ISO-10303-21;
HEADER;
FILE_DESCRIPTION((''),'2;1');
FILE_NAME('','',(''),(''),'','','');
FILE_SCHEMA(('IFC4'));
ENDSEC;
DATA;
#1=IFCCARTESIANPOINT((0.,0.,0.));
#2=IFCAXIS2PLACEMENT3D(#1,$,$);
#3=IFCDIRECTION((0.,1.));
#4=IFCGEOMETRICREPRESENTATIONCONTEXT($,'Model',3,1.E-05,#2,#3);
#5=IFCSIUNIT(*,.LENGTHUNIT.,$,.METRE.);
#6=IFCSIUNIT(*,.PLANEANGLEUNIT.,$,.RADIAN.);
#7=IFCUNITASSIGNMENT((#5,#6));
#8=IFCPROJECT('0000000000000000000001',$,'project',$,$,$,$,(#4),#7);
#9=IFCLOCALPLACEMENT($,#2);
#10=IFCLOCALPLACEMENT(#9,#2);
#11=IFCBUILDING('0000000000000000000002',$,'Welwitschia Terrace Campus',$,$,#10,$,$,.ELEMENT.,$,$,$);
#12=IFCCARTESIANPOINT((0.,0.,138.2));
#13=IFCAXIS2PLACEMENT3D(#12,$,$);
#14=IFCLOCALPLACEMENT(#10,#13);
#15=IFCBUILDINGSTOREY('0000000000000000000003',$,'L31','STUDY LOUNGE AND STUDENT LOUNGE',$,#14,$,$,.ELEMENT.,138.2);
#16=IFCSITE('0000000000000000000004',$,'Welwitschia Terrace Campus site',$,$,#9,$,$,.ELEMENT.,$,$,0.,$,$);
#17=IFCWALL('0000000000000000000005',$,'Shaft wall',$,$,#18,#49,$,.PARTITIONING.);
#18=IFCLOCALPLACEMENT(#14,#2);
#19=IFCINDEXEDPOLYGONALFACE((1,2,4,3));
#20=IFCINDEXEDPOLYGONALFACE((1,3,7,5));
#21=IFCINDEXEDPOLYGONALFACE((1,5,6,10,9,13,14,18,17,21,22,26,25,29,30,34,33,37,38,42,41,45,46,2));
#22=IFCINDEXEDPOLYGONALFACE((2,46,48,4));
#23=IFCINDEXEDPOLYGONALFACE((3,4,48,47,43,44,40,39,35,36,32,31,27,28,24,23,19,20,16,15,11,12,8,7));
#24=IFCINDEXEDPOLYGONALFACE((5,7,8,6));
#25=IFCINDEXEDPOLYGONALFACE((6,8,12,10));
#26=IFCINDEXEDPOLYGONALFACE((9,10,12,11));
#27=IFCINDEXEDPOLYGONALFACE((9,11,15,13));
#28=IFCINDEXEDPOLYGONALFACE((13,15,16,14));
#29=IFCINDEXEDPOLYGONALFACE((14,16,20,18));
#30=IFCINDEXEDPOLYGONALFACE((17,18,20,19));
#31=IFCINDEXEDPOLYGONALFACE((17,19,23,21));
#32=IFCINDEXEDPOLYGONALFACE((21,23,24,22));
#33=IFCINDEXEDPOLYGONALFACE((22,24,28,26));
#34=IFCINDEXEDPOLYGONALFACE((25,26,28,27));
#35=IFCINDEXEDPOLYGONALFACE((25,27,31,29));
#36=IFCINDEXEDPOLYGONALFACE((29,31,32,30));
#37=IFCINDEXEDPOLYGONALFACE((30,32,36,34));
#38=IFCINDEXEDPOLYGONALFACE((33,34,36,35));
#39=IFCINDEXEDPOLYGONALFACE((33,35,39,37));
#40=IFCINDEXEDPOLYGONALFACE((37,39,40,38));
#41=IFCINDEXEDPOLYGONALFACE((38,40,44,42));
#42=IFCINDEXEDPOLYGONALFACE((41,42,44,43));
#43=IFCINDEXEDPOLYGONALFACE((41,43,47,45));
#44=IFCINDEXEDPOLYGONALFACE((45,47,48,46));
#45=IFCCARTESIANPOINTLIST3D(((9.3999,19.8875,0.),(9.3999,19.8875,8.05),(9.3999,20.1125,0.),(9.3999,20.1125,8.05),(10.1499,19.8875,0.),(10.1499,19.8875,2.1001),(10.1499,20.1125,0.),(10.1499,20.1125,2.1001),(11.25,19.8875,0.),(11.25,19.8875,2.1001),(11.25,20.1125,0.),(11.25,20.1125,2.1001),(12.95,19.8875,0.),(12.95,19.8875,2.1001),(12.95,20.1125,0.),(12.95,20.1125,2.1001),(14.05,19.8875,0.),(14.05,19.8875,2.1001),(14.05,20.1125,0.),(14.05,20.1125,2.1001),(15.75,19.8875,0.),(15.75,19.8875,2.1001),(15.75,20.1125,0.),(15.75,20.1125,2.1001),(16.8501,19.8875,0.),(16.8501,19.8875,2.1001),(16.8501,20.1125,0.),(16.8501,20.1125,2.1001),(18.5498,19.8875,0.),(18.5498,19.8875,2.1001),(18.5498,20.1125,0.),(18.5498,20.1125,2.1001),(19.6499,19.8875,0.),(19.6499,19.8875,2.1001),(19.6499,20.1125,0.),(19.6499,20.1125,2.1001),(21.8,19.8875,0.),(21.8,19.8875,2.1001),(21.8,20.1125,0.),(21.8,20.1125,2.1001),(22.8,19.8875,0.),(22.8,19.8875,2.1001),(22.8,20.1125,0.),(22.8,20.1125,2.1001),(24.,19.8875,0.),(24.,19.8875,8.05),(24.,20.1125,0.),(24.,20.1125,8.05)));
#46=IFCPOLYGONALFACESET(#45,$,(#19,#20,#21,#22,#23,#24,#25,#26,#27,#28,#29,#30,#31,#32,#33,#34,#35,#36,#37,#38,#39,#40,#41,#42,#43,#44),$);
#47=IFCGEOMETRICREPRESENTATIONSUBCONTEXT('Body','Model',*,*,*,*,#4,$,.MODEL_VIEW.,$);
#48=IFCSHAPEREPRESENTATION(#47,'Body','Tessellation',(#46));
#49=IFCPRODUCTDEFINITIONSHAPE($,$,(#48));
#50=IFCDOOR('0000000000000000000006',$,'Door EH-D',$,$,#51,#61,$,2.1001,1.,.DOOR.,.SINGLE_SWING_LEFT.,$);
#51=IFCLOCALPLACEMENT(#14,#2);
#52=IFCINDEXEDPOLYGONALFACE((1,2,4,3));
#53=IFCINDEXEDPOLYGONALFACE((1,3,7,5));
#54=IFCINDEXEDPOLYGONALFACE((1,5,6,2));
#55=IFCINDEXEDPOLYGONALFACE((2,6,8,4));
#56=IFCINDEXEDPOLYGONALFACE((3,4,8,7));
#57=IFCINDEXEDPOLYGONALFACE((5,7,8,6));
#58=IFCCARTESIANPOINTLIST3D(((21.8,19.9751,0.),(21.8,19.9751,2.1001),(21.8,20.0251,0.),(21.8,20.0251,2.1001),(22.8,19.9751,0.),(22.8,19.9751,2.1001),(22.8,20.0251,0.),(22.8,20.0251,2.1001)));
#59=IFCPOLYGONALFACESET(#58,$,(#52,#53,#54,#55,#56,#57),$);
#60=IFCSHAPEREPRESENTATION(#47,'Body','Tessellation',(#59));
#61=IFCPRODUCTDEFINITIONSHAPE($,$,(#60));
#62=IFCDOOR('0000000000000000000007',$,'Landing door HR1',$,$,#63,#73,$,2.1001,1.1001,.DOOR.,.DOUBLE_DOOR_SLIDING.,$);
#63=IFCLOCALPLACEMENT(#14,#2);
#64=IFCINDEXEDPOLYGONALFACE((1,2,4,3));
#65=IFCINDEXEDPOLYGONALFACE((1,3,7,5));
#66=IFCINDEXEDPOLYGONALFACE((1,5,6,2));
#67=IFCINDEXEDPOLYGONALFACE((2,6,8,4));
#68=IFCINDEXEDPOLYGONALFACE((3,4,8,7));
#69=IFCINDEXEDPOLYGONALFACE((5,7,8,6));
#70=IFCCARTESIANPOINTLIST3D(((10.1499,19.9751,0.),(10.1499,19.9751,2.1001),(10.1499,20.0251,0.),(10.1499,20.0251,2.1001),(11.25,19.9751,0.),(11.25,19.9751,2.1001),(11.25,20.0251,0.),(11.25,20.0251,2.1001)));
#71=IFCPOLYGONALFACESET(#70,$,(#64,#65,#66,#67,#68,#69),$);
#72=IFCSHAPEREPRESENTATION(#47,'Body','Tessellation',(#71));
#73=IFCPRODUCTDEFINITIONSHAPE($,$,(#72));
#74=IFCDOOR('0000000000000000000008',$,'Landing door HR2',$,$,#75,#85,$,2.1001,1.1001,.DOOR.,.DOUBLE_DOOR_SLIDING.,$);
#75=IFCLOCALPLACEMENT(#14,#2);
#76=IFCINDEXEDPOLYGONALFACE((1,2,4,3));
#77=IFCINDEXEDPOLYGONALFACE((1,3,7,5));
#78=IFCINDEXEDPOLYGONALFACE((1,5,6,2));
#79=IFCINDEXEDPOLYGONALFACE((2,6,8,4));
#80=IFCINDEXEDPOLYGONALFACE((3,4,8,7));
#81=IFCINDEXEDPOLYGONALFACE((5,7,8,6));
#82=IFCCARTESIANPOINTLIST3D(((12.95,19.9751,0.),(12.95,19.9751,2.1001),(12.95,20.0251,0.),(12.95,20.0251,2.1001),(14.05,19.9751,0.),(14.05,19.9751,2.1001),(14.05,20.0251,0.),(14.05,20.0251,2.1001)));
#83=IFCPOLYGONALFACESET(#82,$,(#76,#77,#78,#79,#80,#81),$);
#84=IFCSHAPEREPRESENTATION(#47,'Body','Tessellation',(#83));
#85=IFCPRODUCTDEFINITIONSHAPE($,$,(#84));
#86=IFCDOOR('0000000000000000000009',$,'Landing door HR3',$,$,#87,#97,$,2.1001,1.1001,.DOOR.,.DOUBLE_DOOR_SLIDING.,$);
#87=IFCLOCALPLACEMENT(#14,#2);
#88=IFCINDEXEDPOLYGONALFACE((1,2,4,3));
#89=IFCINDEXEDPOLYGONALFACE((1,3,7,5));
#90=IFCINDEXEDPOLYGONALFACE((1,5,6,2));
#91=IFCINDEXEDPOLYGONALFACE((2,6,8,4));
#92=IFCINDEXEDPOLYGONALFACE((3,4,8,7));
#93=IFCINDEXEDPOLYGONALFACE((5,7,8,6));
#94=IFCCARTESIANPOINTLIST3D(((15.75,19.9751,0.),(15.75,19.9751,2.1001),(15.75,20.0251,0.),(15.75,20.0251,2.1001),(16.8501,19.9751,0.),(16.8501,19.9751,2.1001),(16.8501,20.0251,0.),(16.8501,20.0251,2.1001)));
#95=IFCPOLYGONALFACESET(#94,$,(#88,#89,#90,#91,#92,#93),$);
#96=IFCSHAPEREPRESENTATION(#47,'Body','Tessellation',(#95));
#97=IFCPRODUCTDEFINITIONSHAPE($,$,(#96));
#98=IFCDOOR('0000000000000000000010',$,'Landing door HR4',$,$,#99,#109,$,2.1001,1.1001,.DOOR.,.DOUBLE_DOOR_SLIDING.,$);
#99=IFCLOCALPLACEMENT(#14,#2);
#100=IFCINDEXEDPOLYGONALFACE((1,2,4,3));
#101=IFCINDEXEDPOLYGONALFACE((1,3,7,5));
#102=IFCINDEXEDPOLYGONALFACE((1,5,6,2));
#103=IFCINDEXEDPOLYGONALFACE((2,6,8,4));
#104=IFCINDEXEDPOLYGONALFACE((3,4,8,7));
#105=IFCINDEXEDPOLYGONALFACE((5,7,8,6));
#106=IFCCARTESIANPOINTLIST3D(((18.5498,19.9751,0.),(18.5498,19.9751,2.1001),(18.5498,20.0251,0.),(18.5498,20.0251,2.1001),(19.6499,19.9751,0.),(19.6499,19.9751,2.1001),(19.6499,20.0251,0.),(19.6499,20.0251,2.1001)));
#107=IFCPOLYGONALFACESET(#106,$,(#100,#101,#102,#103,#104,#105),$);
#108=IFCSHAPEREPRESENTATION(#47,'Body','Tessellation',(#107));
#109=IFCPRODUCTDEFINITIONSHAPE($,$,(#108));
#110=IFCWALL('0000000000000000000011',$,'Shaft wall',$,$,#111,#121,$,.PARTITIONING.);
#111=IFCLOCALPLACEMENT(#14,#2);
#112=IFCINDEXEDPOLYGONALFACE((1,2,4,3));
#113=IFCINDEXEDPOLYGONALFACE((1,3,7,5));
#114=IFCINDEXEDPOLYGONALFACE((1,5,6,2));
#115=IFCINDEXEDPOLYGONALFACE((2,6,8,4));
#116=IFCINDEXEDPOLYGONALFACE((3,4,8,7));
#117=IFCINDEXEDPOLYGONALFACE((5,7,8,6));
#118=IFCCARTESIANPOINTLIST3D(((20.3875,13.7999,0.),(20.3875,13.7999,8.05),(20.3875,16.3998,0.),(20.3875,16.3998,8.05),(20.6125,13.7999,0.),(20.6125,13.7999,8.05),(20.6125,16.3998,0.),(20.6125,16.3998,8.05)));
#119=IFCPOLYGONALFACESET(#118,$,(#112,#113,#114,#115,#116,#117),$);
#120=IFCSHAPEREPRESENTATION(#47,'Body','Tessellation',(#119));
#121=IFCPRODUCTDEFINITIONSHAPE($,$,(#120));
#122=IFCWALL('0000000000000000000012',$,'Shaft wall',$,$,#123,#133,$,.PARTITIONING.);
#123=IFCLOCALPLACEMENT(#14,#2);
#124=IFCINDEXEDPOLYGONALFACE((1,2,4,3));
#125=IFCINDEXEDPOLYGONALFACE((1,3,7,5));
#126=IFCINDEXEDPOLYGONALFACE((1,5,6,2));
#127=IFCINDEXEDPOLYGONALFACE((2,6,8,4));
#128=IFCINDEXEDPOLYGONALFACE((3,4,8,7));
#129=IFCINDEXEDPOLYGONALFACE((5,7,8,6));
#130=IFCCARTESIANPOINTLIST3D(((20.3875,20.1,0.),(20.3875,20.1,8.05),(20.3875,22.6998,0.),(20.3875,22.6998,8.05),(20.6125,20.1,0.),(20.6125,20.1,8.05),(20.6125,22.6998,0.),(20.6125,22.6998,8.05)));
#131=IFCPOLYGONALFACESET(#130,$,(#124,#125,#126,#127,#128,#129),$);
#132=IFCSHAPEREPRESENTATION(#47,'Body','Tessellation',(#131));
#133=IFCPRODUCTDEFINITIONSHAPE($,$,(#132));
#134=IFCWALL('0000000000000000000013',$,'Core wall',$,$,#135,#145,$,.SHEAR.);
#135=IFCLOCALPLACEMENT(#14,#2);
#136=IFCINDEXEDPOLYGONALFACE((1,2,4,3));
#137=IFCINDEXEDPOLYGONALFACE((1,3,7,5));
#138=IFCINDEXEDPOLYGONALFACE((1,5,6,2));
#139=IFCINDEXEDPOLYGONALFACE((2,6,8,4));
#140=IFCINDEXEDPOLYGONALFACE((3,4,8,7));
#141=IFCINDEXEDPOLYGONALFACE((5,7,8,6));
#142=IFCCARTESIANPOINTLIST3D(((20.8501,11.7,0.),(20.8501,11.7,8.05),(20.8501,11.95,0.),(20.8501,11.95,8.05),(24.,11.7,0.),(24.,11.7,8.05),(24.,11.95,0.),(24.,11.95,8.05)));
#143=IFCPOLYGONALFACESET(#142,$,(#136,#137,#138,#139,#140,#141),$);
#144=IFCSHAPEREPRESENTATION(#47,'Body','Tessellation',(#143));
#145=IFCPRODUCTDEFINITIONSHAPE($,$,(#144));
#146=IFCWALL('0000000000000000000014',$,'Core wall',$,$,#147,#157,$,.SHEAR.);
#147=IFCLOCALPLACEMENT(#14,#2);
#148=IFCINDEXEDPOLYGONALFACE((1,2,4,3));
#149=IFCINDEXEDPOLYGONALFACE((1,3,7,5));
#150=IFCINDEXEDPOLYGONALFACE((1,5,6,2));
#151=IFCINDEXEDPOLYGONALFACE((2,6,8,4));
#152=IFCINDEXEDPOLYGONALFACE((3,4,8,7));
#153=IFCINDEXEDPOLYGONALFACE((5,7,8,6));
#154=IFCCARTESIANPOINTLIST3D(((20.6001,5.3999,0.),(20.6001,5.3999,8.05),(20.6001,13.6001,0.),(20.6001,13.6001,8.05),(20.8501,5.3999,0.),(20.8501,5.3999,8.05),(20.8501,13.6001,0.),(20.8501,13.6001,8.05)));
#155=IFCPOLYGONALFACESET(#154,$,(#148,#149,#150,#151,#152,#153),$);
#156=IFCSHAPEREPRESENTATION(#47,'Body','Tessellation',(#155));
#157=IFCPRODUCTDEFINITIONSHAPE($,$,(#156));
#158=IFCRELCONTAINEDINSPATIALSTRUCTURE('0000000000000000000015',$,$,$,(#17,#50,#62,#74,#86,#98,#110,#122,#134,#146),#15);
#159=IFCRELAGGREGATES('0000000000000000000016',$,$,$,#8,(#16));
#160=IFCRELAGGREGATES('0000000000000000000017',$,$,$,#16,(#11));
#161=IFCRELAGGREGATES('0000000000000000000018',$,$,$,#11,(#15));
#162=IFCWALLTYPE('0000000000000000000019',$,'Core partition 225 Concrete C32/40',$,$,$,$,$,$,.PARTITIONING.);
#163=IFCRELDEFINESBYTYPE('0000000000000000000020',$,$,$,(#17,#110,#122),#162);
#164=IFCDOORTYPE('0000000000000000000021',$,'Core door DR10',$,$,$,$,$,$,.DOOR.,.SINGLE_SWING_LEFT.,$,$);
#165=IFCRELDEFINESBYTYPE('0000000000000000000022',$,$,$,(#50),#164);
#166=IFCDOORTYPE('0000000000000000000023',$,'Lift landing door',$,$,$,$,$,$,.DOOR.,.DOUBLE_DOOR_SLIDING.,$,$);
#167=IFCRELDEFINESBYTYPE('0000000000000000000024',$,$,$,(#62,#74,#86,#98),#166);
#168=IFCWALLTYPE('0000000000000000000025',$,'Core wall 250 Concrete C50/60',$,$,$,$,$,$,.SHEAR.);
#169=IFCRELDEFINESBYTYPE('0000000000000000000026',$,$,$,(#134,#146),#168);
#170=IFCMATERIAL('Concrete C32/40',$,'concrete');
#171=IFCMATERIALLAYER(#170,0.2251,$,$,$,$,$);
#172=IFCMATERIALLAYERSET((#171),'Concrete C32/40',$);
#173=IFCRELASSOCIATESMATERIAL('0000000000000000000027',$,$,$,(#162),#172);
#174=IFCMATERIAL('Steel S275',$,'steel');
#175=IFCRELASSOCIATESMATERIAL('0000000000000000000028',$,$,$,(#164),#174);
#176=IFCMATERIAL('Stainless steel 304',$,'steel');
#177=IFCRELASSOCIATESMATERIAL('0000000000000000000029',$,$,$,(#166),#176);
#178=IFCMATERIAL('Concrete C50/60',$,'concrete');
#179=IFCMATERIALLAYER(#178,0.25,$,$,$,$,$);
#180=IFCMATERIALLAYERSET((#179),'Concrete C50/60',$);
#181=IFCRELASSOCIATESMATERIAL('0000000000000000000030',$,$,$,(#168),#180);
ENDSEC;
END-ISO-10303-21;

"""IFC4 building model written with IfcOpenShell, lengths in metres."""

from ifc_helpers import new_model, si_unit, direction, frame, frame_2d, origin, place, context, subcontext, project, spatial, rectangle, extrude, material, layer, layer_set, type_object, element, fill, save


model = new_model("IFC4")

# Units and contexts
model_context = context("Model", 3, precision=1e-05, world=origin(), true_north=direction((0.0, 1.0)))
body_context = subcontext(model_context, "Body", "Model", "MODEL_VIEW")
ifc_project = project(units=[si_unit("LENGTHUNIT", "METRE"), si_unit("PLANEANGLEUNIT", "RADIAN")], contexts=[model_context])

# Site, building, storey
site_placement = place(None, origin())
site = spatial("IfcSite", under=ifc_project, at=site_placement, Name="Welwitschia Terrace Campus site", CompositionType="ELEMENT", RefElevation=0.0)
building_placement = place(site_placement, origin())
building = spatial("IfcBuilding", under=site, at=building_placement, Name="Welwitschia Terrace Campus", CompositionType="ELEMENT")
storey_placement = place(building_placement, frame((0.0, 0.0, 138.2)))
storey = spatial("IfcBuildingStorey", under=building, at=storey_placement, Name="L31", Description="STUDY LOUNGE AND STUDENT LOUNGE", CompositionType="ELEMENT", Elevation=138.2)

# Wall, openings, doors
ifc_material_1 = material(Name="Concrete C32/40", Category="concrete")
ifc_layer_1 = layer(ifc_material_1, 0.2251)
ifc_layer_set_1 = layer_set([ifc_layer_1], Name="Concrete C32/40")
wall_type_1 = type_object("IfcWallType", Name="Core partition 225 Concrete C32/40", PredefinedType="PARTITIONING", material=ifc_layer_set_1)
wall_1_placement = place(storey_placement, frame((24.0, 20.0, 0.0), z_axis=(0.0, 0.0, 1.0), x_axis=(-1.0, 0.0, 0.0)))
wall_1 = element("IfcWall", 1, at=wall_1_placement, inside=storey, type_object=wall_type_1, Name="Shaft wall", PredefinedType="PARTITIONING", context=body_context, shape_type="SweptSolid", body=[
    extrude(rectangle(XDim=14.6001, YDim=0.2251, at=frame_2d((7.3, 0.0))), origin(), (0.0, 0.0, 1.0), 8.05),
])
opening_1_placement = place(wall_1_placement, frame((12.75, 0.0, 0.0)))
opening_1 = element("IfcOpeningElement", 2, at=opening_1_placement, cuts=wall_1, PredefinedType="OPENING", context=body_context, shape_type="SweptSolid", body=[
    extrude(rectangle(XDim=1.1001, YDim=2.1001, at=frame_2d((0.55, 1.05))), frame((0.0, 0.1226, 0.0), z_axis=(0.0, -1.0, 0.0), x_axis=(1.0, 0.0, 0.0)), (0.0, 0.0, 1.0), 0.2451),
])
opening_2_placement = place(wall_1_placement, frame((9.95, 0.0, 0.0)))
opening_2 = element("IfcOpeningElement", 3, at=opening_2_placement, cuts=wall_1, PredefinedType="OPENING", context=body_context, shape_type="SweptSolid", body=[
    extrude(rectangle(XDim=1.1001, YDim=2.1001, at=frame_2d((0.55, 1.05))), frame((0.0, 0.1226, 0.0), z_axis=(0.0, -1.0, 0.0), x_axis=(1.0, 0.0, 0.0)), (0.0, 0.0, 1.0), 0.2451),
])
opening_3_placement = place(wall_1_placement, frame((7.1499, 0.0, 0.0)))
opening_3 = element("IfcOpeningElement", 4, at=opening_3_placement, cuts=wall_1, PredefinedType="OPENING", context=body_context, shape_type="SweptSolid", body=[
    extrude(rectangle(XDim=1.1001, YDim=2.1001, at=frame_2d((0.55, 1.05))), frame((0.0, 0.1226, 0.0), z_axis=(0.0, -1.0, 0.0), x_axis=(1.0, 0.0, 0.0)), (0.0, 0.0, 1.0), 0.2451),
])
opening_4_placement = place(wall_1_placement, frame((4.3501, 0.0, 0.0)))
opening_4 = element("IfcOpeningElement", 5, at=opening_4_placement, cuts=wall_1, PredefinedType="OPENING", context=body_context, shape_type="SweptSolid", body=[
    extrude(rectangle(XDim=1.1001, YDim=2.1001, at=frame_2d((0.55, 1.05))), frame((0.0, 0.1226, 0.0), z_axis=(0.0, -1.0, 0.0), x_axis=(1.0, 0.0, 0.0)), (0.0, 0.0, 1.0), 0.2451),
])
opening_5_placement = place(wall_1_placement, frame((1.2, 0.0, 0.0)))
opening_5 = element("IfcOpeningElement", 6, at=opening_5_placement, cuts=wall_1, PredefinedType="OPENING", context=body_context, shape_type="SweptSolid", body=[
    extrude(rectangle(XDim=1.0, YDim=2.1001, at=frame_2d((0.5, 1.05))), frame((0.0, 0.1226, 0.0), z_axis=(0.0, -1.0, 0.0), x_axis=(1.0, 0.0, 0.0)), (0.0, 0.0, 1.0), 0.2451),
])
ifc_material_2 = material(Name="Steel S275", Category="steel")
door_type_1 = type_object("IfcDoorType", Name="Core door DR10", OperationType="SINGLE_SWING_LEFT", PredefinedType="DOOR", material=ifc_material_2)
door_1_placement = place(opening_5_placement, origin())
door_1 = element("IfcDoor", 7, at=door_1_placement, inside=storey, type_object=door_type_1, Name="Door EH-D", OperationType="SINGLE_SWING_LEFT", OverallHeight=2.1001, OverallWidth=1.0, PredefinedType="DOOR", context=body_context, shape_type="SweptSolid", body=[
    extrude(rectangle(XDim=1.0, YDim=2.1001, at=frame_2d((0.5, 1.05))), frame((0.0, 0.0249, 0.0), z_axis=(0.0, -1.0, 0.0), x_axis=(1.0, 0.0, 0.0)), (0.0, 0.0, 1.0), 0.05),
])
fill(opening_5, door_1)
ifc_material_3 = material(Name="Stainless steel 304", Category="steel")
door_type_2 = type_object("IfcDoorType", Name="Lift landing door", OperationType="DOUBLE_DOOR_SLIDING", PredefinedType="DOOR", material=ifc_material_3)
door_2_placement = place(opening_1_placement, origin())
door_2 = element("IfcDoor", 8, at=door_2_placement, inside=storey, type_object=door_type_2, Name="Landing door HR1", OperationType="DOUBLE_DOOR_SLIDING", OverallHeight=2.1001, OverallWidth=1.1001, PredefinedType="DOOR", context=body_context, shape_type="SweptSolid", body=[
    extrude(rectangle(XDim=1.1001, YDim=2.1001, at=frame_2d((0.55, 1.05))), frame((0.0, 0.0249, 0.0), z_axis=(0.0, -1.0, 0.0), x_axis=(1.0, 0.0, 0.0)), (0.0, 0.0, 1.0), 0.05),
])
fill(opening_1, door_2)
door_3_placement = place(opening_2_placement, origin())
door_3 = element("IfcDoor", 9, at=door_3_placement, inside=storey, type_object=door_type_2, Name="Landing door HR2", OperationType="DOUBLE_DOOR_SLIDING", OverallHeight=2.1001, OverallWidth=1.1001, PredefinedType="DOOR", context=body_context, shape_type="SweptSolid", body=[
    extrude(rectangle(XDim=1.1001, YDim=2.1001, at=frame_2d((0.55, 1.05))), frame((0.0, 0.0249, 0.0), z_axis=(0.0, -1.0, 0.0), x_axis=(1.0, 0.0, 0.0)), (0.0, 0.0, 1.0), 0.05),
])
fill(opening_2, door_3)
door_4_placement = place(opening_3_placement, origin())
door_4 = element("IfcDoor", 10, at=door_4_placement, inside=storey, type_object=door_type_2, Name="Landing door HR3", OperationType="DOUBLE_DOOR_SLIDING", OverallHeight=2.1001, OverallWidth=1.1001, PredefinedType="DOOR", context=body_context, shape_type="SweptSolid", body=[
    extrude(rectangle(XDim=1.1001, YDim=2.1001, at=frame_2d((0.55, 1.05))), frame((0.0, 0.0249, 0.0), z_axis=(0.0, -1.0, 0.0), x_axis=(1.0, 0.0, 0.0)), (0.0, 0.0, 1.0), 0.05),
])
fill(opening_3, door_4)
door_5_placement = place(opening_4_placement, origin())
door_5 = element("IfcDoor", 11, at=door_5_placement, inside=storey, type_object=door_type_2, Name="Landing door HR4", OperationType="DOUBLE_DOOR_SLIDING", OverallHeight=2.1001, OverallWidth=1.1001, PredefinedType="DOOR", context=body_context, shape_type="SweptSolid", body=[
    extrude(rectangle(XDim=1.1001, YDim=2.1001, at=frame_2d((0.55, 1.05))), frame((0.0, 0.0249, 0.0), z_axis=(0.0, -1.0, 0.0), x_axis=(1.0, 0.0, 0.0)), (0.0, 0.0, 1.0), 0.05),
])
fill(opening_4, door_5)

# Walls
for number, where, z_axis, x_axis, name in (
    (12, (20.5, 13.8, 0.0), (0.0, 0.0, 1.0), (0.0, 1.0, 0.0), "Shaft wall"),
    (13, (20.5, 20.1001, 0.0), (0.0, 0.0, 1.0), (0.0, 1.0, 0.0), "Shaft wall"),
):
    element("IfcWall", number, at=place(storey_placement, frame(where, z_axis=z_axis, x_axis=x_axis)), inside=storey, type_object=wall_type_1, Name=name, PredefinedType="PARTITIONING", context=body_context, shape_type="SweptSolid", body=[
        extrude(rectangle(XDim=2.5999, YDim=0.2251, at=frame_2d((1.2998, 0.0))), origin(), (0.0, 0.0, 1.0), 8.05),
    ])
ifc_material_4 = material(Name="Concrete C50/60", Category="concrete")
ifc_layer_2 = layer(ifc_material_4, 0.25)
ifc_layer_set_2 = layer_set([ifc_layer_2], Name="Concrete C50/60")
wall_type_2 = type_object("IfcWallType", Name="Core wall 250 Concrete C50/60", PredefinedType="SHEAR", material=ifc_layer_set_2)
wall_2_placement = place(storey_placement, frame((20.8501, 11.825, 0.0), z_axis=(0.0, 0.0, 1.0), x_axis=(1.0, 0.0, 0.0)))
element("IfcWall", 14, at=wall_2_placement, inside=storey, type_object=wall_type_2, Name="Core wall", PredefinedType="SHEAR", context=body_context, shape_type="SweptSolid", body=[
    extrude(rectangle(XDim=3.1499, YDim=0.25, at=frame_2d((1.575, 0.0))), origin(), (0.0, 0.0, 1.0), 8.05),
])
wall_3_placement = place(storey_placement, frame((20.7251, 5.3999, 0.0), z_axis=(0.0, 0.0, 1.0), x_axis=(0.0, 1.0, 0.0)))
element("IfcWall", 15, at=wall_3_placement, inside=storey, type_object=wall_type_2, Name="Core wall", PredefinedType="SHEAR", context=body_context, shape_type="SweptSolid", body=[
    extrude(rectangle(XDim=8.2002, YDim=0.25, at=frame_2d((4.1001, 0.0))), origin(), (0.0, 0.0, 1.0), 8.05),
])

save(model, "model.ifc")
